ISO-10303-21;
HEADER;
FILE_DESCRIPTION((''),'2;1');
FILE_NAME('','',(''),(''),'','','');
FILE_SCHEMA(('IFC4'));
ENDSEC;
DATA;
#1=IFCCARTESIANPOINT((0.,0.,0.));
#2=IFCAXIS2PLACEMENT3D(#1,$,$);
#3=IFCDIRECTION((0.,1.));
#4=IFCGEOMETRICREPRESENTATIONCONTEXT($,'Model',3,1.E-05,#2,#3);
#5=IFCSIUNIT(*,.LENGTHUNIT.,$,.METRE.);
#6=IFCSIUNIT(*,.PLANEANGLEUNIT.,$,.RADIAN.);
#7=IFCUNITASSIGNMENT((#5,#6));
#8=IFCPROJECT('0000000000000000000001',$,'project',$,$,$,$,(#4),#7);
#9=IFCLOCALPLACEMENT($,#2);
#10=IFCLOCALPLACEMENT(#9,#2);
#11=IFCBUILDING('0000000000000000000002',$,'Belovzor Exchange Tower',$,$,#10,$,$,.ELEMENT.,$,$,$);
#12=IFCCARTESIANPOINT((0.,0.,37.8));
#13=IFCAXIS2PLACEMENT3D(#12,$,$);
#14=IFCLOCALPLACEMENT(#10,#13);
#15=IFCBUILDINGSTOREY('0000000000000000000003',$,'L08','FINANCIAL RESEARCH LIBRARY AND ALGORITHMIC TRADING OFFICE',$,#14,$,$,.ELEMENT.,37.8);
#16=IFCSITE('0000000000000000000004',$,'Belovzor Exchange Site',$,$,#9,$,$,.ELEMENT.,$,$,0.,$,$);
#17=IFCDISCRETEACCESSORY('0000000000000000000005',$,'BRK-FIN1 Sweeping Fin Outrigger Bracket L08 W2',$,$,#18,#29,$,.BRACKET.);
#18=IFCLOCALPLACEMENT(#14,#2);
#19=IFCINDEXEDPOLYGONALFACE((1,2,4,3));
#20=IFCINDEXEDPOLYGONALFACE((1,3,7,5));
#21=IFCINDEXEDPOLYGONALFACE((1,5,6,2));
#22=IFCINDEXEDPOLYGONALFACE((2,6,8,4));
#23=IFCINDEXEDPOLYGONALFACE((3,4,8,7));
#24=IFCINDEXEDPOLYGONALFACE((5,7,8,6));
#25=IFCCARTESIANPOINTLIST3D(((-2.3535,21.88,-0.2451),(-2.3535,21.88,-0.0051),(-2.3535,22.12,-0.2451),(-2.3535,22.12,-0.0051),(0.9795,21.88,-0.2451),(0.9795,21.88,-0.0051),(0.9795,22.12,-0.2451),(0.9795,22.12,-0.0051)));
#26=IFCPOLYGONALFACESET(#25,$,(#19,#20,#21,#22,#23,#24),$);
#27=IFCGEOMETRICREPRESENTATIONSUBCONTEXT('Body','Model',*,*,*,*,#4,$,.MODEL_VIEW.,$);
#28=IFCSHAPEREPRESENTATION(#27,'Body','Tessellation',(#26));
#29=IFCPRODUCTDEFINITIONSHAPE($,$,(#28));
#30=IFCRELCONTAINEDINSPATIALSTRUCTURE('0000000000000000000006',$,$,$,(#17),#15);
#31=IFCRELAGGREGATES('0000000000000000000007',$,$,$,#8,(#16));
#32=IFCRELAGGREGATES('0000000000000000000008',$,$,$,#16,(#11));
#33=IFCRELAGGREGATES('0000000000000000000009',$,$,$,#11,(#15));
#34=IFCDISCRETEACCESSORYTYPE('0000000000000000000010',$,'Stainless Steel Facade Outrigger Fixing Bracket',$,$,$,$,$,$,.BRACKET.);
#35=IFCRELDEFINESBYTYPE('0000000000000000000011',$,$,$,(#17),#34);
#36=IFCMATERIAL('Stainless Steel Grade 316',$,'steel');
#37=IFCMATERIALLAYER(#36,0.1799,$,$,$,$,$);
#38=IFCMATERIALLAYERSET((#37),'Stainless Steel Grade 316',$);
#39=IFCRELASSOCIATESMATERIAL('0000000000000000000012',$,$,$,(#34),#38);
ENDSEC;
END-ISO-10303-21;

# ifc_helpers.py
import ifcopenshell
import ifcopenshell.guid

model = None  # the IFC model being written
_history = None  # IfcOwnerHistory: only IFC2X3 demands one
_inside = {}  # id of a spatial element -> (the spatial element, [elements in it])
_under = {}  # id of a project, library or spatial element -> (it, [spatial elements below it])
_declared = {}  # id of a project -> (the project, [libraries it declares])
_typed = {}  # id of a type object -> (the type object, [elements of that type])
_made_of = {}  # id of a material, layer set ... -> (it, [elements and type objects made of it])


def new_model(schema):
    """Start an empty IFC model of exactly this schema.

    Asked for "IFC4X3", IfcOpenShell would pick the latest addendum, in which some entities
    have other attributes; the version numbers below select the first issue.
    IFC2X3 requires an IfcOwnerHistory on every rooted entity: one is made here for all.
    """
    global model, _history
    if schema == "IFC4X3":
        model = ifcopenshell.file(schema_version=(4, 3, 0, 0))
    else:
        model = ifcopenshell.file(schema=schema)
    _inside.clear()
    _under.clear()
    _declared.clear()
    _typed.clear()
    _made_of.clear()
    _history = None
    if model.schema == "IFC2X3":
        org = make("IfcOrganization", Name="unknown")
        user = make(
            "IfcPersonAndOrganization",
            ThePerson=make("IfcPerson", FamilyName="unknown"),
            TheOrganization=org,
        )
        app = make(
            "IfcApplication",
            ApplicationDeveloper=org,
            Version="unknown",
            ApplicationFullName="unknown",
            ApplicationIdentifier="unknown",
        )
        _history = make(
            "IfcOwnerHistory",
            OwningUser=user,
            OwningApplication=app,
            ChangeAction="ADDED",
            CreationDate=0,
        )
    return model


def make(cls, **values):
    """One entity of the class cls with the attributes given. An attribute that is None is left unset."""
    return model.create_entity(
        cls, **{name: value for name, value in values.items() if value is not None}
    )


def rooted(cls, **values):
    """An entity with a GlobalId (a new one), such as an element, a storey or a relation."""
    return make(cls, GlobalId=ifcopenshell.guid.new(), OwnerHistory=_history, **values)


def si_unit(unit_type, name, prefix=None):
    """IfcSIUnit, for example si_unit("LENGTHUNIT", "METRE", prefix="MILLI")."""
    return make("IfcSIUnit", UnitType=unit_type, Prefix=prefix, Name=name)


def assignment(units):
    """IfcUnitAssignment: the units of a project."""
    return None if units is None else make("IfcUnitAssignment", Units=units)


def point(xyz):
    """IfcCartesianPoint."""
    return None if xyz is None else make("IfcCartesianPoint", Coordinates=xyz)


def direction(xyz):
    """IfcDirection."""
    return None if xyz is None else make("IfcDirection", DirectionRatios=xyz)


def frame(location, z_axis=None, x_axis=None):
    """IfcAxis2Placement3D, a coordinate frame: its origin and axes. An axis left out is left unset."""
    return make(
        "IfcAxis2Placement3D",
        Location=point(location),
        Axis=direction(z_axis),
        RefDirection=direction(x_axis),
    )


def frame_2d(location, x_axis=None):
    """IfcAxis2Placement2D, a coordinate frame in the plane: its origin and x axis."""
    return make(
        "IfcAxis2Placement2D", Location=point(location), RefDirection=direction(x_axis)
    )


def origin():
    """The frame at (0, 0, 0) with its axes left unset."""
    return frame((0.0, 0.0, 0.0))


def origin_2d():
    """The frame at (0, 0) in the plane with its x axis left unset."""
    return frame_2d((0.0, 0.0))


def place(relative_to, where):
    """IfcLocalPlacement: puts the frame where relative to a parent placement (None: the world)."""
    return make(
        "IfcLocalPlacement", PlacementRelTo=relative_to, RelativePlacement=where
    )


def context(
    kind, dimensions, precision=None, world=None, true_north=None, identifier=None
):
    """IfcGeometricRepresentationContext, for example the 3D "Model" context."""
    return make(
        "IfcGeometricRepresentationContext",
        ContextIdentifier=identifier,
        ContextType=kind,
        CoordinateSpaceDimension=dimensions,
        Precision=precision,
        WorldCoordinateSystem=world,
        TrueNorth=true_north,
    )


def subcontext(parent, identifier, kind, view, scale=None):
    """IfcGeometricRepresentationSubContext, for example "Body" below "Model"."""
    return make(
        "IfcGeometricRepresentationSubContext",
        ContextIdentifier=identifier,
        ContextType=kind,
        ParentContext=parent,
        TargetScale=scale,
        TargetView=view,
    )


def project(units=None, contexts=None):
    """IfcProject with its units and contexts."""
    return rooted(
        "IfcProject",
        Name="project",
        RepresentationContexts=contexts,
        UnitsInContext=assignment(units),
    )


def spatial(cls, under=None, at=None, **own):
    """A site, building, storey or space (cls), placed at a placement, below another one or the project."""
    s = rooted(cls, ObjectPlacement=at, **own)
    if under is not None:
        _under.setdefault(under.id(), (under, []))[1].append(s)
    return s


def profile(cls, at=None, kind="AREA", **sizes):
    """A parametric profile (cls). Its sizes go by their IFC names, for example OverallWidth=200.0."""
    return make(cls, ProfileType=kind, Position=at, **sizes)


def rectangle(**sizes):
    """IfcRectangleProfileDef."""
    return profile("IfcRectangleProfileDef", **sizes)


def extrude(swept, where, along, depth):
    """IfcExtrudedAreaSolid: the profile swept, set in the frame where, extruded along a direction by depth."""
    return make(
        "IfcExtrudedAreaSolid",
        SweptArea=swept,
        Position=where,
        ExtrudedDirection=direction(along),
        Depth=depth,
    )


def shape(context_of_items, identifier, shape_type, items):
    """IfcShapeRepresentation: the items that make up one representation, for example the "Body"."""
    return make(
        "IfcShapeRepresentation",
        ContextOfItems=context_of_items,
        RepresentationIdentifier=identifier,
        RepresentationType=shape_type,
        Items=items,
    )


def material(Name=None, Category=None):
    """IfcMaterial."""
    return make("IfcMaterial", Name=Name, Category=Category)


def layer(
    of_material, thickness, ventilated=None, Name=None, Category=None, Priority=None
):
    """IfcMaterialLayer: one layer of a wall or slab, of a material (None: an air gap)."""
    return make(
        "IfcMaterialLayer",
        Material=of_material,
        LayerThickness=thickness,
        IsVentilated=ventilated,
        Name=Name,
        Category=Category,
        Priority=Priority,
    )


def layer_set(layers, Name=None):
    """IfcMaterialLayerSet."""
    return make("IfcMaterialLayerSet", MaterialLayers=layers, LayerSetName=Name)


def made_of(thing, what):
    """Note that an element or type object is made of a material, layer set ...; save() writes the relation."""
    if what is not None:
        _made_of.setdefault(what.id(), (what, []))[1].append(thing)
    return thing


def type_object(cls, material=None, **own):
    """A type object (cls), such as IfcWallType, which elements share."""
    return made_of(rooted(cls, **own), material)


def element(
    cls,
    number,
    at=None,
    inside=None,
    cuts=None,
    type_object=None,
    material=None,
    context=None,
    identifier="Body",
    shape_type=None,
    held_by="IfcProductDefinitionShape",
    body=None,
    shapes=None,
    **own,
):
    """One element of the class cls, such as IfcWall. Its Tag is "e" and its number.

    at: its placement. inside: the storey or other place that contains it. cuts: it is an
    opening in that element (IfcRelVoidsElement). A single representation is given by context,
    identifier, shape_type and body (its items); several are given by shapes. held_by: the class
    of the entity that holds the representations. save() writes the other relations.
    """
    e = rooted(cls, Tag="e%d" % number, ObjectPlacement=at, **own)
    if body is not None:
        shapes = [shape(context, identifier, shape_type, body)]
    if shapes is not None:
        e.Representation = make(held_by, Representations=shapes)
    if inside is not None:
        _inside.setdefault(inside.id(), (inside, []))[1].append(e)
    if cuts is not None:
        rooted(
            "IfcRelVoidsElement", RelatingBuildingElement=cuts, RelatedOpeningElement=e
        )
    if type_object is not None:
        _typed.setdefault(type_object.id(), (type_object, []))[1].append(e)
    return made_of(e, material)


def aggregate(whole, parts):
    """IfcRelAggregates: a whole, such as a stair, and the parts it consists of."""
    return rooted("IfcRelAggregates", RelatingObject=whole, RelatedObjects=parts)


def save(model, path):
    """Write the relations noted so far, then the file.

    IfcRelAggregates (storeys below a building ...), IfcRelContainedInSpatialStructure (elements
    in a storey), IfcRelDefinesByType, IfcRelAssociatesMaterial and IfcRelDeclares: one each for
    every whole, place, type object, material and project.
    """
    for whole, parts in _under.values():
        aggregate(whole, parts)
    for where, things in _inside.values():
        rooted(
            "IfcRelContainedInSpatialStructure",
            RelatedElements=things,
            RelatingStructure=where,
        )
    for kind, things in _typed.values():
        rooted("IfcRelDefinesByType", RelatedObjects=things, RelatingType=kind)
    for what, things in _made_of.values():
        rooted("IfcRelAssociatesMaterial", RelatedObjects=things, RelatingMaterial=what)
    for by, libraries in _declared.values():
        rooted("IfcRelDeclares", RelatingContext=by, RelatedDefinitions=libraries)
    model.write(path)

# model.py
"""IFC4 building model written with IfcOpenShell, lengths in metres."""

from ifc_helpers import new_model, si_unit, direction, frame, origin, origin_2d, place, context, subcontext, project, spatial, rectangle, extrude, material, layer, layer_set, type_object, element, save


model = new_model("IFC4")

# Units and contexts
model_context = context("Model", 3, precision=1e-05, world=origin(), true_north=direction((0.0, 1.0)))
body_context = subcontext(model_context, "Body", "Model", "MODEL_VIEW")
ifc_project = project(units=[si_unit("LENGTHUNIT", "METRE"), si_unit("PLANEANGLEUNIT", "RADIAN")], contexts=[model_context])

# Site, building, storey
site_placement = place(None, origin())
site = spatial("IfcSite", under=ifc_project, at=site_placement, Name="Belovzor Exchange Site", CompositionType="ELEMENT", RefElevation=0.0)
building_placement = place(site_placement, origin())
building = spatial("IfcBuilding", under=site, at=building_placement, Name="Belovzor Exchange Tower", CompositionType="ELEMENT")
storey_placement = place(building_placement, frame((0.0, 0.0, 37.8)))
storey = spatial("IfcBuildingStorey", under=building, at=storey_placement, Name="L08", Description="FINANCIAL RESEARCH LIBRARY AND ALGORITHMIC TRADING OFFICE", CompositionType="ELEMENT", Elevation=37.8)

# Discrete accessory
ifc_material_1 = material(Name="Stainless Steel Grade 316", Category="steel")
ifc_layer_1 = layer(ifc_material_1, 0.1799)
ifc_layer_set_1 = layer_set([ifc_layer_1], Name="Stainless Steel Grade 316")
discrete_accessory_type = type_object("IfcDiscreteAccessoryType", Name="Stainless Steel Facade Outrigger Fixing Bracket", PredefinedType="BRACKET", material=ifc_layer_set_1)
for number, where, z_axis, x_axis, name in (
    (1, (-0.687, 22.0, -0.2451), (0.0, 0.0, 1.0), (1.0, 0.0, 0.0), "BRK-FIN1 Sweeping Fin Outrigger Bracket L08 W2"),
):
    element("IfcDiscreteAccessory", number, at=place(storey_placement, frame(where, z_axis=z_axis, x_axis=x_axis)), inside=storey, type_object=discrete_accessory_type, Name=name, PredefinedType="BRACKET", context=body_context, shape_type="SweptSolid", body=[
        extrude(rectangle(XDim=3.333, YDim=0.24, at=origin_2d()), origin(), (0.0, 0.0, 1.0), 0.24),
    ])

save(model, "model.ifc")
